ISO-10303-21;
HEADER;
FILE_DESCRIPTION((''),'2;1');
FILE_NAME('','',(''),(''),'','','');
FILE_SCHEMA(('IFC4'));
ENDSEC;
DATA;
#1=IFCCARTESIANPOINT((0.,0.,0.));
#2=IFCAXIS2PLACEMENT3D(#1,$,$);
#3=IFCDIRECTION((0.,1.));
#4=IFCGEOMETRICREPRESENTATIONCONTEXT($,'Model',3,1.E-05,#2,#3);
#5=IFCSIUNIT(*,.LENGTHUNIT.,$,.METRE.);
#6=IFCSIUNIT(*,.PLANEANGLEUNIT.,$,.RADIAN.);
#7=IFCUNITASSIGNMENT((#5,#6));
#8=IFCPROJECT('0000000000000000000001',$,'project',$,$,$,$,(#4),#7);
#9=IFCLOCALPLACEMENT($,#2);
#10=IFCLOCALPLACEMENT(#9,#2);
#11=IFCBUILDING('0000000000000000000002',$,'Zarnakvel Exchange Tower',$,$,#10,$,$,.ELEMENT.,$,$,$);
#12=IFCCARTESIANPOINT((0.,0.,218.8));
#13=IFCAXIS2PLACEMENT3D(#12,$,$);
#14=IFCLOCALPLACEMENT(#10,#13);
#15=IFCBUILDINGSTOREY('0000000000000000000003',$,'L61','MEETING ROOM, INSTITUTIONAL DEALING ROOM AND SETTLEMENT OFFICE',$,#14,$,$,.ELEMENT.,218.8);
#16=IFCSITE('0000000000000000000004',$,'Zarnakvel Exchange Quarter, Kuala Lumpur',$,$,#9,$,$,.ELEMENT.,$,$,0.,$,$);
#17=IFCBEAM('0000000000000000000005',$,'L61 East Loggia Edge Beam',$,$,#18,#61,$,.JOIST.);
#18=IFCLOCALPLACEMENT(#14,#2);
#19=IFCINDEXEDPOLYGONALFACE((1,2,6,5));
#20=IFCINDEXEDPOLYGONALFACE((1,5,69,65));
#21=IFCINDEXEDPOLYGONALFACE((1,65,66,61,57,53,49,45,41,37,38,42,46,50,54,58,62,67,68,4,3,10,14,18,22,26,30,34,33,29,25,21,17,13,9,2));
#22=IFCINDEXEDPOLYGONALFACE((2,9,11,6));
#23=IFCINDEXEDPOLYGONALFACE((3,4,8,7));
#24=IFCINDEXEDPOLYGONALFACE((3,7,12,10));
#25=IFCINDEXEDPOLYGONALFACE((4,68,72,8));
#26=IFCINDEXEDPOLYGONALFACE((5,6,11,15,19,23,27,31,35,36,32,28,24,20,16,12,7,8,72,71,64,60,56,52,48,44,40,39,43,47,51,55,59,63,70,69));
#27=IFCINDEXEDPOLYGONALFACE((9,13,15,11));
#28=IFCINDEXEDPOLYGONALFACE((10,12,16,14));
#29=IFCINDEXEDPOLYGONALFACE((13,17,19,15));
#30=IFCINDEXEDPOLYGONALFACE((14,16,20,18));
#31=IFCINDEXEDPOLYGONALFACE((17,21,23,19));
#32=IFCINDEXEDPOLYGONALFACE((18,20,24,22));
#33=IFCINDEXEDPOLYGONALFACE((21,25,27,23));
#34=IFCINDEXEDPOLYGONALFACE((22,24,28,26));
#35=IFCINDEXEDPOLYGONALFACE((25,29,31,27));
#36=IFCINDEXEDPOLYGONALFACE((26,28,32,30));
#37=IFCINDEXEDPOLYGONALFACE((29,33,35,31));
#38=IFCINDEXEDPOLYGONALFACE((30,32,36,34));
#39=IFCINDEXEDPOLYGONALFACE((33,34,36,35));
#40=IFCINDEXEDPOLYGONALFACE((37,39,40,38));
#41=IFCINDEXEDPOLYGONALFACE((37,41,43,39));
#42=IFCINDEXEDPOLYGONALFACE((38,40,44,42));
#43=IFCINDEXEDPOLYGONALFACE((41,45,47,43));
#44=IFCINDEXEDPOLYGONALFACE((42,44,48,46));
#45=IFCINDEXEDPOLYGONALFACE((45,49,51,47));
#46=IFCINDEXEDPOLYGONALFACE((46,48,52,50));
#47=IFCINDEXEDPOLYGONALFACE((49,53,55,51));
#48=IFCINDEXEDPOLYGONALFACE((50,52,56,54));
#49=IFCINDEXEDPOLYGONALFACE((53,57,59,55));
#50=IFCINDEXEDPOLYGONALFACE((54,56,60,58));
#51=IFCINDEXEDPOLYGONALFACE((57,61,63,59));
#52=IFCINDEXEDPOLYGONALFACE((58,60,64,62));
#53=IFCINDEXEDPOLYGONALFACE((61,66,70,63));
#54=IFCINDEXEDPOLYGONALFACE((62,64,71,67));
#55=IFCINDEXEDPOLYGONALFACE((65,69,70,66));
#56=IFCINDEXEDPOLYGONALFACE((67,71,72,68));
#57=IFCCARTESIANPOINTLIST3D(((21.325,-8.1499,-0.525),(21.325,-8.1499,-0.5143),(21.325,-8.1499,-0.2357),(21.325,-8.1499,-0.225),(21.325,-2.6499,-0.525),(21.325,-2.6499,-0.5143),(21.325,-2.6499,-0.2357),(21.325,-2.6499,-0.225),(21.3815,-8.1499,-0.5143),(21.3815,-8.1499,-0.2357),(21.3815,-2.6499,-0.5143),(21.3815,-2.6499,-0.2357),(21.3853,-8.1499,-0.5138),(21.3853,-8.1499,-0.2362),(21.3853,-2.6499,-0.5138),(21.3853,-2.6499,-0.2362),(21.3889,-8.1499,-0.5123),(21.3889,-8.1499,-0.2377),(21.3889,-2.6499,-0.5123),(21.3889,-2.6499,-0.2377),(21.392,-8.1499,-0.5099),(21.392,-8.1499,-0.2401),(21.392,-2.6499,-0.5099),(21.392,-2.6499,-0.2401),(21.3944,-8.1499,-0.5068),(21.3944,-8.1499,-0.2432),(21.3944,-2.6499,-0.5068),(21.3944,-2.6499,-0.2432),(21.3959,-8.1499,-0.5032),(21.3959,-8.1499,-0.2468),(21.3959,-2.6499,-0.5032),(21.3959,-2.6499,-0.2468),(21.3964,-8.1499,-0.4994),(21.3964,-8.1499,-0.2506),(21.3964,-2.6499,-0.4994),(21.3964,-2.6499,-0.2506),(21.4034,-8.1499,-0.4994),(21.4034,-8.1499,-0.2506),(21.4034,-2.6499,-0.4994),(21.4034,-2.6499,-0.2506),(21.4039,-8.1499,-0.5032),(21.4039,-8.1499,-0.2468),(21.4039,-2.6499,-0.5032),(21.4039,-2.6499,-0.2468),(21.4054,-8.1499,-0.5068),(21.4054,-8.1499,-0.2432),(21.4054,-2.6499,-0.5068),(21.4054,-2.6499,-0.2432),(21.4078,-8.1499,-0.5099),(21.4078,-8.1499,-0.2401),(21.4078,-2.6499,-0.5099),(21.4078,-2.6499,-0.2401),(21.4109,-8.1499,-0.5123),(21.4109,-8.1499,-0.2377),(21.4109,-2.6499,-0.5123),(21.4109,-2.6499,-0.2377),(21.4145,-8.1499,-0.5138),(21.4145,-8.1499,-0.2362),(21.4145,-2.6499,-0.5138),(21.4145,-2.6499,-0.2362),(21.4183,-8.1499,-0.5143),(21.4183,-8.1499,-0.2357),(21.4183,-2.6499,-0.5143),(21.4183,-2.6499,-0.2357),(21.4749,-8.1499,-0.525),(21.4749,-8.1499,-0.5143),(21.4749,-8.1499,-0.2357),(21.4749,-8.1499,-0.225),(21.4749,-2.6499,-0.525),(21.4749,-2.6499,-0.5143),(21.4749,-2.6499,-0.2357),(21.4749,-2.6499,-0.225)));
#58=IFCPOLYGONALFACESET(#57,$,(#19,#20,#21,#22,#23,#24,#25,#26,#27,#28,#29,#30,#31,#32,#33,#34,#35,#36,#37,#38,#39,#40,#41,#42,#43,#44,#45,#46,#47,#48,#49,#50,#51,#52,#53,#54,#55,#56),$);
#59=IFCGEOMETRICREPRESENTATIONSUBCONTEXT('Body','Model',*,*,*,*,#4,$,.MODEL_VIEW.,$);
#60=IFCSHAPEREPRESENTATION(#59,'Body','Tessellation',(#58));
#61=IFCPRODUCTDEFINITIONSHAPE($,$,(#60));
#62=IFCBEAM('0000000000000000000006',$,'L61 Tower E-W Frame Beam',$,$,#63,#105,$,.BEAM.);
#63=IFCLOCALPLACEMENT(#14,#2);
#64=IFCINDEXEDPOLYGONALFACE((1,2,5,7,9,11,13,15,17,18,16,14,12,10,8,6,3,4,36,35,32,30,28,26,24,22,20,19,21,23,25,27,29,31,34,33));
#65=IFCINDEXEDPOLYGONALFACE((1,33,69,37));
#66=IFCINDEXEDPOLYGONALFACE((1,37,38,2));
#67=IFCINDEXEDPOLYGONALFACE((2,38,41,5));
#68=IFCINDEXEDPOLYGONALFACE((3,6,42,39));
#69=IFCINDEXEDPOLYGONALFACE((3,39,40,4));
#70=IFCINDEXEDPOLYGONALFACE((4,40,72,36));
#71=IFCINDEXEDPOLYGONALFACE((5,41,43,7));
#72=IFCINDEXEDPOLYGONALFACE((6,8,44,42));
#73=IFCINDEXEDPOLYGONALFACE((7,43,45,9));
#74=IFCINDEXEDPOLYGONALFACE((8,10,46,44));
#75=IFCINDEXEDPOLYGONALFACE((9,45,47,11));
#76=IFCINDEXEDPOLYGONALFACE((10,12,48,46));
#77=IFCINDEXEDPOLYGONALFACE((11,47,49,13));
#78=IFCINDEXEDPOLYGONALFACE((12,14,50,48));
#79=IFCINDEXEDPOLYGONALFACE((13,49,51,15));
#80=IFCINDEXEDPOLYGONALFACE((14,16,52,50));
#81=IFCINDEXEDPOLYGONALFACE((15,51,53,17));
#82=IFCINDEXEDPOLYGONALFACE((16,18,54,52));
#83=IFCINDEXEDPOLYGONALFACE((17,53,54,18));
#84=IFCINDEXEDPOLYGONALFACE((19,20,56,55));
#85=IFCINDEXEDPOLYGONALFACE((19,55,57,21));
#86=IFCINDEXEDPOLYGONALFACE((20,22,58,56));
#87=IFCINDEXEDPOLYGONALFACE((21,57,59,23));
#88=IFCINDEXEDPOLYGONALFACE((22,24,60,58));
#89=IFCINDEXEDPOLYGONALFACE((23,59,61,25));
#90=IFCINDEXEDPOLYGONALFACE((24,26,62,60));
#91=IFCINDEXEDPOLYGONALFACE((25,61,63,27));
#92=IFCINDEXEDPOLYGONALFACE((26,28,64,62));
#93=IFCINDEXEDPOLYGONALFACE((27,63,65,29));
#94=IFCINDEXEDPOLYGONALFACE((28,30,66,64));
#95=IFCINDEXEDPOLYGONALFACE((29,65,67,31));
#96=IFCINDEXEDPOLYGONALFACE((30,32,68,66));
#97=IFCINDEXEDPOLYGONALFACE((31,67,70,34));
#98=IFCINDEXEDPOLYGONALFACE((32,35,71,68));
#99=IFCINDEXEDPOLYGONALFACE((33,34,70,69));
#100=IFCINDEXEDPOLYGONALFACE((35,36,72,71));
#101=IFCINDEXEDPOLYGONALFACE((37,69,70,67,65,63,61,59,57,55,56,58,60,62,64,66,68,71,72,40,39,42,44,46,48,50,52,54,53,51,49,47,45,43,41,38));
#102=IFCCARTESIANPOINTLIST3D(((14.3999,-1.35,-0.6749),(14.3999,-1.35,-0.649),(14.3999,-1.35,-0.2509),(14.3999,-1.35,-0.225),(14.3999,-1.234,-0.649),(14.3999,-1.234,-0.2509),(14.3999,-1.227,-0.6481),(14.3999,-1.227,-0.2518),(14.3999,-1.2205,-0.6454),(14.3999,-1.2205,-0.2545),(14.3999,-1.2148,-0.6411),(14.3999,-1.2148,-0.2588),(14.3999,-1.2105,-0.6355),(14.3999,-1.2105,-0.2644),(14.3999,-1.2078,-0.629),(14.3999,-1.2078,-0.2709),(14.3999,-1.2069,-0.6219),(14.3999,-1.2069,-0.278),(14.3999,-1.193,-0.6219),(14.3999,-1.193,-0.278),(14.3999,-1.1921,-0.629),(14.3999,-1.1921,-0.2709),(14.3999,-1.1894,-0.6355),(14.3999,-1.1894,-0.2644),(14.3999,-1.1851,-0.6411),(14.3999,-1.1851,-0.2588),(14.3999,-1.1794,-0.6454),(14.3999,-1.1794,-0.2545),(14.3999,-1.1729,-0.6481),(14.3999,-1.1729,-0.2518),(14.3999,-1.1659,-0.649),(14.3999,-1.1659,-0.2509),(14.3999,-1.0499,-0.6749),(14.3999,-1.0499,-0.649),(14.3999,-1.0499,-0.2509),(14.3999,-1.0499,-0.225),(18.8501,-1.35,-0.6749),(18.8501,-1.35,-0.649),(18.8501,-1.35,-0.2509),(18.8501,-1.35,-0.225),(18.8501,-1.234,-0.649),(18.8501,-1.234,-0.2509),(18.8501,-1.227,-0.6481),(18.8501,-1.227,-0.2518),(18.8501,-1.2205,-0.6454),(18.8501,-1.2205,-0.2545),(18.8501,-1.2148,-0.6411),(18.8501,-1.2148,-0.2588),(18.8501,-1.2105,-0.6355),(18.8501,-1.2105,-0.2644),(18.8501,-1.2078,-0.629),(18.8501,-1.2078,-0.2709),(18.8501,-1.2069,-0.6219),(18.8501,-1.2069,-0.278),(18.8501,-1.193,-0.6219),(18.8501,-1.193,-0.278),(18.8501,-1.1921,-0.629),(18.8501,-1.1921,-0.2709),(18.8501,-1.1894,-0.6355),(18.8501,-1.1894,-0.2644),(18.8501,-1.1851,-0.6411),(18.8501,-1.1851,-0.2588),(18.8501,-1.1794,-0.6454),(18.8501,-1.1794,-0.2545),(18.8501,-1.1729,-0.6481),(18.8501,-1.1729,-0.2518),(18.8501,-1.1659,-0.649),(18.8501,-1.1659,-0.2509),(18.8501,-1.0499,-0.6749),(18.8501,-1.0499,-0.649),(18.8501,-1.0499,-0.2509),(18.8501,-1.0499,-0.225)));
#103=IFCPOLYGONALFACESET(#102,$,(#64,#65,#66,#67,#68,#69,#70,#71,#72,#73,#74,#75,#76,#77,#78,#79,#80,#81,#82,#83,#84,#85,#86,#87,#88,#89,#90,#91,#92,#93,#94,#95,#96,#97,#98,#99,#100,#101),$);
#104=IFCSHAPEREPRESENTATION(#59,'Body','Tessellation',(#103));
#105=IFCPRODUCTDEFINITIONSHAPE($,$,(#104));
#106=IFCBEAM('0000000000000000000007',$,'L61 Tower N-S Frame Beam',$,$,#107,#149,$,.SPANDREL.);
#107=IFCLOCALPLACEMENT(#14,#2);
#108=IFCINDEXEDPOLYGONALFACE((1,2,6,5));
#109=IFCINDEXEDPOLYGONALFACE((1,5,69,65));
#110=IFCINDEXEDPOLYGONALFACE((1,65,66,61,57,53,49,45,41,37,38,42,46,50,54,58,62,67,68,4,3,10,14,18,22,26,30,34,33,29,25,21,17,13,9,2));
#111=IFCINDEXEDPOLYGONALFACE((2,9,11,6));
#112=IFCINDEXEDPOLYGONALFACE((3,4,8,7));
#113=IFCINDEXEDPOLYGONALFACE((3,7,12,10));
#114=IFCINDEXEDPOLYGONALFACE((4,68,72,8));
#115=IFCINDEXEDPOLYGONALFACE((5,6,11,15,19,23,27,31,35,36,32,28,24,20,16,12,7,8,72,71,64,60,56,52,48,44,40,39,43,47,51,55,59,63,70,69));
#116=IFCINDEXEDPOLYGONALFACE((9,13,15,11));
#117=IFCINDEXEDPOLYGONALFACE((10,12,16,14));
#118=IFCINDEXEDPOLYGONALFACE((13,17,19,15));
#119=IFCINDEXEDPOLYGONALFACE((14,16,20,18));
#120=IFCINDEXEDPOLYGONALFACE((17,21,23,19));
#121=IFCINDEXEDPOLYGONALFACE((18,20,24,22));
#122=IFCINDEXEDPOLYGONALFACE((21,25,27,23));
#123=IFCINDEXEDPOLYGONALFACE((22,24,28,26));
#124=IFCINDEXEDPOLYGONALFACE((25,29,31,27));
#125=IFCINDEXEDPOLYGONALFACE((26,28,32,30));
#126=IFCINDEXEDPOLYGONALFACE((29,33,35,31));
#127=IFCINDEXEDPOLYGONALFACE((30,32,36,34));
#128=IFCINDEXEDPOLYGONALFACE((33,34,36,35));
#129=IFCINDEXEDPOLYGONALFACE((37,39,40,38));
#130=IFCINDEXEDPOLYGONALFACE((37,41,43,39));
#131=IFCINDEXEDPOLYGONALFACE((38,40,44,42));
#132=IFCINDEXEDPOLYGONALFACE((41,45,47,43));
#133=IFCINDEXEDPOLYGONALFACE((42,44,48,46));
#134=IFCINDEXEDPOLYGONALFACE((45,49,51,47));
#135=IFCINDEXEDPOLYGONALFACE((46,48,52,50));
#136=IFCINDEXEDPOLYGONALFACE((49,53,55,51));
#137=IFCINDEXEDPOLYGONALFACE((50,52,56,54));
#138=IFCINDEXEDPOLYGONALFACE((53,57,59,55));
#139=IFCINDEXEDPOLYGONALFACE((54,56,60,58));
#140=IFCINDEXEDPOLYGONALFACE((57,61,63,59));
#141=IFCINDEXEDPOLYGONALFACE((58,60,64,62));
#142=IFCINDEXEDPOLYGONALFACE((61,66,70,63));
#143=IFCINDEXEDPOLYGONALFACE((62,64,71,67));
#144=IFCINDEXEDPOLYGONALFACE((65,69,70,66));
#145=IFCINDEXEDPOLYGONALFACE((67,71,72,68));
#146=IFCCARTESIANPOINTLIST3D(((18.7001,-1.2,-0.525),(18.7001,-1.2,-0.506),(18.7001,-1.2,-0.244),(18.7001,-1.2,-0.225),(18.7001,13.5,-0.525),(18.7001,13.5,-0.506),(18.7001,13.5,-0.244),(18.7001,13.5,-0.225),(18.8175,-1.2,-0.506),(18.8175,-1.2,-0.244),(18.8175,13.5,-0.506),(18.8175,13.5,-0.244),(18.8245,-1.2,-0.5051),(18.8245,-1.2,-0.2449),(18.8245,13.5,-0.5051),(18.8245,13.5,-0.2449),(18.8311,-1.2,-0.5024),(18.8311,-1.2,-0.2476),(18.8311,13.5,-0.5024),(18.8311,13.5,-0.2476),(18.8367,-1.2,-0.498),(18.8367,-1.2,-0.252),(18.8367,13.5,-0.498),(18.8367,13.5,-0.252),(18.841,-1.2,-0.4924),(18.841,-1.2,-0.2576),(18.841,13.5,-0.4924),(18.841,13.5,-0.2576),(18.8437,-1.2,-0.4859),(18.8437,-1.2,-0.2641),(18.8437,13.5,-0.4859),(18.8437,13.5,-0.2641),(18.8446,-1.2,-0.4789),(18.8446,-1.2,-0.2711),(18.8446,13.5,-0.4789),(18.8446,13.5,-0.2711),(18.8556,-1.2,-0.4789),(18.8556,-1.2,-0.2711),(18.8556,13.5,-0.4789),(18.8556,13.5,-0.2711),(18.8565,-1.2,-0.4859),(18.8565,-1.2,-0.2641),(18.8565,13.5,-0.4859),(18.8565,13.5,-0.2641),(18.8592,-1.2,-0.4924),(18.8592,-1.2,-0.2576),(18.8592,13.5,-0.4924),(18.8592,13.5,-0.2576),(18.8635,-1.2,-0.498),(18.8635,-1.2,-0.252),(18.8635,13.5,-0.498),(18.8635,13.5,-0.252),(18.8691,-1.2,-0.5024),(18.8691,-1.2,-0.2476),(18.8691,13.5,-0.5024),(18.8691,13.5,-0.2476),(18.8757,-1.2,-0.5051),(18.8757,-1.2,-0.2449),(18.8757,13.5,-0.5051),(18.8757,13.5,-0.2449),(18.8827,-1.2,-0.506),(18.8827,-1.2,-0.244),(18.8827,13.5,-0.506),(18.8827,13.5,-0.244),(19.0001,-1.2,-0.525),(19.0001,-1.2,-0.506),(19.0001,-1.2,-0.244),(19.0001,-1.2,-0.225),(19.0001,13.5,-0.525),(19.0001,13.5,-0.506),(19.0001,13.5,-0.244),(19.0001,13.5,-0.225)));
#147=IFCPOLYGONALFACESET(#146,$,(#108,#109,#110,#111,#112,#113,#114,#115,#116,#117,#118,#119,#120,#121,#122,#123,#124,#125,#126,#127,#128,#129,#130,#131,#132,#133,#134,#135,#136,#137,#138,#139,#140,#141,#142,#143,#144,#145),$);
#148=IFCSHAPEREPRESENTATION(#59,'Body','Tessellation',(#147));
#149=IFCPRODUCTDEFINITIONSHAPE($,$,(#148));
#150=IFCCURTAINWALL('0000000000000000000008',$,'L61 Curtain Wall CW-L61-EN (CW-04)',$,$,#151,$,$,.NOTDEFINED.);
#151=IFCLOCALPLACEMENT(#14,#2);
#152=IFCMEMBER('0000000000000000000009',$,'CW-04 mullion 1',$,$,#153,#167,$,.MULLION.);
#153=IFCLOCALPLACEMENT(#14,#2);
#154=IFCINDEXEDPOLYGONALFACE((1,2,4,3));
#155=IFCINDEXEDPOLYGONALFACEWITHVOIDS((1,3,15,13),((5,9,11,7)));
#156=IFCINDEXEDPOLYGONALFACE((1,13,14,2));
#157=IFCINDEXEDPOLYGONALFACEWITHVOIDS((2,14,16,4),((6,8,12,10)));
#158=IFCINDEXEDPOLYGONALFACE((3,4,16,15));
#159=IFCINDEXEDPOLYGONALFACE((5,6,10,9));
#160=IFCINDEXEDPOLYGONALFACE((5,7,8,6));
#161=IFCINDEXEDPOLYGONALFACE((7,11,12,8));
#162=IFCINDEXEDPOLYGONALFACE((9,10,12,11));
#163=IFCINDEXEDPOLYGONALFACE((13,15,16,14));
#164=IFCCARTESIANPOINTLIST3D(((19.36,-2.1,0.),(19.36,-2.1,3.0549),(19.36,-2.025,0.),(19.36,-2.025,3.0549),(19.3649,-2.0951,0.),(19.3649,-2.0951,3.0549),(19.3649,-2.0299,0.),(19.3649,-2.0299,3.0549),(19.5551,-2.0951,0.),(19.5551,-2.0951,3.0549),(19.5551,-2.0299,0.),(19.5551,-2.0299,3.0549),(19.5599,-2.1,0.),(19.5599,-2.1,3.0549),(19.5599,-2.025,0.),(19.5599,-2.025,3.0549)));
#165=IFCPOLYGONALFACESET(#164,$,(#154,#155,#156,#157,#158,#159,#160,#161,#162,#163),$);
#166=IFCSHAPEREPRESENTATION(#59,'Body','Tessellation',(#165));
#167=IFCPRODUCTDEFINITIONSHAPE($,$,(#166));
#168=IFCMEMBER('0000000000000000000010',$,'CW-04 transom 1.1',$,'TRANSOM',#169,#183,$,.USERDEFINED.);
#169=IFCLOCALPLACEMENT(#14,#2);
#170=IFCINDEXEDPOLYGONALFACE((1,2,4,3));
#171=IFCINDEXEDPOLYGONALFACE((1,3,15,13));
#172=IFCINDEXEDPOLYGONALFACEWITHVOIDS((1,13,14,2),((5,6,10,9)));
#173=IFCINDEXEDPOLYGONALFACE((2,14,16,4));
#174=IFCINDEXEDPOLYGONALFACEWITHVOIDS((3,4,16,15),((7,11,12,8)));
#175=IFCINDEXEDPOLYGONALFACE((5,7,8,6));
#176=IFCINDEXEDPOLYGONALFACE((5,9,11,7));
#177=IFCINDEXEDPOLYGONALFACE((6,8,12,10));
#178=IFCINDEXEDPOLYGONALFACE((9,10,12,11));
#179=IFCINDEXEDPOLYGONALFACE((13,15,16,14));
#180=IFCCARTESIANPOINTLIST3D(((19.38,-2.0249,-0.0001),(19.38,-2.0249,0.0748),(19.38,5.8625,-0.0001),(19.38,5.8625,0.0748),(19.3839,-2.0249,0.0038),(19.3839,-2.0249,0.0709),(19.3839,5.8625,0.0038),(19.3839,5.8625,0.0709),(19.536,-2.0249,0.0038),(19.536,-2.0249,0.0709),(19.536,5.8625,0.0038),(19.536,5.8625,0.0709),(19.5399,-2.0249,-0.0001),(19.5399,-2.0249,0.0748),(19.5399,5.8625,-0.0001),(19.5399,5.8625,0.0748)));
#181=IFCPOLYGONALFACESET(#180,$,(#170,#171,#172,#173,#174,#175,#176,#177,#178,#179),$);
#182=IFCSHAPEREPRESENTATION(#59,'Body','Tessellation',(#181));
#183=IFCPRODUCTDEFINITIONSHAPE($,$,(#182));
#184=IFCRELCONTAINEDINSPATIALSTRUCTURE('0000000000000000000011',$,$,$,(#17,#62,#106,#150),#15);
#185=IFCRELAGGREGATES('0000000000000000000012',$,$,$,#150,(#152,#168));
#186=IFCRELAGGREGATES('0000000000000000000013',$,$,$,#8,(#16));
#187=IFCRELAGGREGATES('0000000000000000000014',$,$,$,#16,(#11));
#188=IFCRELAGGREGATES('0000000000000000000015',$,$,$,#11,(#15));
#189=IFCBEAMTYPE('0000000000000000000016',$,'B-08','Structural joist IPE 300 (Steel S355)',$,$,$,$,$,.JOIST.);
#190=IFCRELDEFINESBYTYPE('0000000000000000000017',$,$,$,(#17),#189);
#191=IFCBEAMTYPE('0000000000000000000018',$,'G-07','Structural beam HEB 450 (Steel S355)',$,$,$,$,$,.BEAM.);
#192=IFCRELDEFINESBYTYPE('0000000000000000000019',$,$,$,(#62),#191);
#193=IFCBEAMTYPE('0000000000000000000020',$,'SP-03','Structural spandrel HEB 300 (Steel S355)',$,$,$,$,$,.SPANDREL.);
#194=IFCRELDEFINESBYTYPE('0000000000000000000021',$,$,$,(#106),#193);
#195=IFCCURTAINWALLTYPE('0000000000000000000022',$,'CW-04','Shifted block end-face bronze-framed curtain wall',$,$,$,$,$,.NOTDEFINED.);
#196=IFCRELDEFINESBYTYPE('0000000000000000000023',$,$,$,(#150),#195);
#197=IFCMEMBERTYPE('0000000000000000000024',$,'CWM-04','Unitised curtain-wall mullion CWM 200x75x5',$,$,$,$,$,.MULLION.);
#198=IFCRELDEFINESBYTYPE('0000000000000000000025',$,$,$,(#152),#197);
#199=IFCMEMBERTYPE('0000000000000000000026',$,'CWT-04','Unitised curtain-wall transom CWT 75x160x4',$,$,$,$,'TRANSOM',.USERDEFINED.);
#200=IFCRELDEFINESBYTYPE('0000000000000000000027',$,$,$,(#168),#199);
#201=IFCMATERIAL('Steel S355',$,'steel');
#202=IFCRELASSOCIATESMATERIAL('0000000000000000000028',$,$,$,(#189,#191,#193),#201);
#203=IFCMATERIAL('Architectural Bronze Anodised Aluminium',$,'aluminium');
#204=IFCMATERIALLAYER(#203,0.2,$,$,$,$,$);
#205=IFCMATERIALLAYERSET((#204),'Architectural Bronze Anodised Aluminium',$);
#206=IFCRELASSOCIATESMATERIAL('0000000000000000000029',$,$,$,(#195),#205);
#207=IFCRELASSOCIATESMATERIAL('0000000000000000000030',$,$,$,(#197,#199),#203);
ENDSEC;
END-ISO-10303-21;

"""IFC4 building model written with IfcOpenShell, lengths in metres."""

from ifc_helpers import new_model, si_unit, direction, frame, origin, origin_2d, place, context, subcontext, project, spatial, hollow_rectangle, i_section, extrude, source, transform, mapped, material, layer, layer_set, material_profile, profile_set, type_object, element, aggregate, save


model = new_model("IFC4")

# Units and contexts
model_context = context("Model", 3, precision=1e-05, world=origin(), true_north=direction((0.0, 1.0)))
body_context = subcontext(model_context, "Body", "Model", "MODEL_VIEW")
ifc_project = project(units=[si_unit("LENGTHUNIT", "METRE"), si_unit("PLANEANGLEUNIT", "RADIAN")], contexts=[model_context])

# Site, building, storey
site_placement = place(None, origin())
site = spatial("IfcSite", under=ifc_project, at=site_placement, Name="Zarnakvel Exchange Quarter, Kuala Lumpur", CompositionType="ELEMENT", RefElevation=0.0)
building_placement = place(site_placement, origin())
building = spatial("IfcBuilding", under=site, at=building_placement, Name="Zarnakvel Exchange Tower", CompositionType="ELEMENT")
storey_placement = place(building_placement, frame((0.0, 0.0, 218.8)))
storey = spatial("IfcBuildingStorey", under=building, at=storey_placement, Name="L61", Description="MEETING ROOM, INSTITUTIONAL DEALING ROOM AND SETTLEMENT OFFICE", CompositionType="ELEMENT", Elevation=218.8)

# Shared definitions
ifc_material_1 = material(Name="Steel S355", Category="steel")

# Beams
ifc_material_profile_1 = material_profile(ifc_material_1, i_section(OverallWidth=0.1499, OverallDepth=0.3, WebThickness=0.0071, FlangeThickness=0.0107, FilletRadius=0.0149, at=origin_2d()))
ifc_profile_set_1 = profile_set([ifc_material_profile_1], Name="Steel S355")
beam_type_1 = type_object("IfcBeamType", Name="B-08", Description="Structural joist IPE 300 (Steel S355)", PredefinedType="JOIST", material=ifc_profile_set_1)
beam_1_placement = place(storey_placement, frame((21.3999, -8.1499, -0.375), z_axis=(0.0, 1.0, 0.0), x_axis=(-1.0, 0.0, 0.0)))
element("IfcBeam", 1, at=beam_1_placement, inside=storey, type_object=beam_type_1, Name="L61 East Loggia Edge Beam", PredefinedType="JOIST", context=body_context, shape_type="SweptSolid", body=[
    extrude(i_section(OverallWidth=0.1499, OverallDepth=0.3, WebThickness=0.0071, FlangeThickness=0.0107, FilletRadius=0.0149, at=origin_2d()), origin(), (0.0, 0.0, 1.0), 5.5),
])
ifc_material_profile_2 = material_profile(ifc_material_1, i_section(OverallWidth=0.3, OverallDepth=0.45, WebThickness=0.0139, FlangeThickness=0.0259, FilletRadius=0.0271, at=origin_2d()))
ifc_profile_set_2 = profile_set([ifc_material_profile_2], Name="Steel S355")
beam_type_2 = type_object("IfcBeamType", Name="G-07", Description="Structural beam HEB 450 (Steel S355)", PredefinedType="BEAM", material=ifc_profile_set_2)
beam_2_placement = place(storey_placement, frame((14.3999, -1.2, -0.45), z_axis=(1.0, 0.0, 0.0), x_axis=(0.0, 1.0, 0.0)))
element("IfcBeam", 2, at=beam_2_placement, inside=storey, type_object=beam_type_2, Name="L61 Tower E-W Frame Beam", PredefinedType="BEAM", context=body_context, shape_type="SweptSolid", body=[
    extrude(i_section(OverallWidth=0.3, OverallDepth=0.45, WebThickness=0.0139, FlangeThickness=0.0259, FilletRadius=0.0271, at=origin_2d()), origin(), (0.0, 0.0, 1.0), 4.4502),
])
ifc_material_profile_3 = material_profile(ifc_material_1, i_section(OverallWidth=0.3, OverallDepth=0.3, WebThickness=0.011, FlangeThickness=0.019, FilletRadius=0.0271, at=origin_2d()))
ifc_profile_set_3 = profile_set([ifc_material_profile_3], Name="Steel S355")
beam_type_3 = type_object("IfcBeamType", Name="SP-03", Description="Structural spandrel HEB 300 (Steel S355)", PredefinedType="SPANDREL", material=ifc_profile_set_3)
beam_3_placement = place(storey_placement, frame((18.8501, -1.2, -0.375), z_axis=(0.0, 1.0, 0.0), x_axis=(-1.0, 0.0, 0.0)))
element("IfcBeam", 3, at=beam_3_placement, inside=storey, type_object=beam_type_3, Name="L61 Tower N-S Frame Beam", PredefinedType="SPANDREL", context=body_context, shape_type="SweptSolid", body=[
    extrude(i_section(OverallWidth=0.3, OverallDepth=0.3, WebThickness=0.011, FlangeThickness=0.019, FilletRadius=0.0271, at=origin_2d()), origin(), (0.0, 0.0, 1.0), 14.7),
])

# Curtain wall, members
ifc_material_2 = material(Name="Architectural Bronze Anodised Aluminium", Category="aluminium")
ifc_layer_1 = layer(ifc_material_2, 0.2)
ifc_layer_set_1 = layer_set([ifc_layer_1], Name="Architectural Bronze Anodised Aluminium")
curtain_wall_type = type_object("IfcCurtainWallType", Name="CW-04", Description="Shifted block end-face bronze-framed curtain wall", PredefinedType="NOTDEFINED", material=ifc_layer_set_1)
curtain_wall_placement = place(storey_placement, origin())
curtain_wall = element("IfcCurtainWall", 4, at=curtain_wall_placement, inside=storey, type_object=curtain_wall_type, Name="L61 Curtain Wall CW-L61-EN (CW-04)", PredefinedType="NOTDEFINED")
ifc_material_profile_4 = material_profile(ifc_material_2, hollow_rectangle(XDim=0.2, YDim=0.075, WallThickness=0.0049, at=origin_2d()))
ifc_profile_set_4 = profile_set([ifc_material_profile_4], Name="Architectural Bronze Anodised Aluminium")
member_type_1 = type_object("IfcMemberType", Name="CWM-04", Description="Unitised curtain-wall mullion CWM 200x75x5", PredefinedType="MULLION", material=ifc_profile_set_4)
shared_shape_1 = source(origin(), body_context, "Body", "SweptSolid", [
    extrude(hollow_rectangle(XDim=0.2, YDim=0.075, WallThickness=0.0049, at=origin_2d()), origin(), (0.0, 0.0, 1.0), 3.0549),
])
member_1_placement = place(storey_placement, frame((19.46, -2.0625, 0.0), z_axis=(0.0, 0.0, 1.0), x_axis=(-1.0, 0.0, 0.0)))
member_1 = element("IfcMember", 5, at=member_1_placement, type_object=member_type_1, Name="CW-04 mullion 1", PredefinedType="MULLION", context=body_context, shape_type="MappedRepresentation", body=[
    mapped(shared_shape_1, transform((0.0, 0.0, 0.0), x_axis=(1.0, 0.0, 0.0), y_axis=(0.0, 1.0, 0.0), z_axis=(0.0, 0.0, 1.0), scale=1.0)),
])
ifc_material_profile_5 = material_profile(ifc_material_2, hollow_rectangle(XDim=0.1599, YDim=0.075, WallThickness=0.0039, at=origin_2d()))
ifc_profile_set_5 = profile_set([ifc_material_profile_5], Name="Architectural Bronze Anodised Aluminium")
member_type_2 = type_object("IfcMemberType", Name="CWT-04", Description="Unitised curtain-wall transom CWT 75x160x4", ElementType="TRANSOM", PredefinedType="USERDEFINED", material=ifc_profile_set_5)
shared_shape_2 = source(origin(), body_context, "Body", "SweptSolid", [
    extrude(hollow_rectangle(XDim=0.1599, YDim=0.075, WallThickness=0.0039, at=origin_2d()), origin(), (0.0, 0.0, 1.0), 7.8875),
])
member_2_placement = place(storey_placement, frame((19.46, -2.0249, 0.0374), z_axis=(0.0, 1.0, 0.0), x_axis=(-1.0, 0.0, 0.0)))
member_2 = element("IfcMember", 6, at=member_2_placement, type_object=member_type_2, Name="CW-04 transom 1.1", ObjectType="TRANSOM", PredefinedType="USERDEFINED", context=body_context, shape_type="MappedRepresentation", body=[
    mapped(shared_shape_2, transform((0.0, 0.0, 0.0), x_axis=(1.0, 0.0, 0.0), y_axis=(0.0, 1.0, 0.0), z_axis=(0.0, 0.0, 1.0), scale=1.0)),
])
aggregate(curtain_wall, [member_1, member_2])

save(model, "model.ifc")
